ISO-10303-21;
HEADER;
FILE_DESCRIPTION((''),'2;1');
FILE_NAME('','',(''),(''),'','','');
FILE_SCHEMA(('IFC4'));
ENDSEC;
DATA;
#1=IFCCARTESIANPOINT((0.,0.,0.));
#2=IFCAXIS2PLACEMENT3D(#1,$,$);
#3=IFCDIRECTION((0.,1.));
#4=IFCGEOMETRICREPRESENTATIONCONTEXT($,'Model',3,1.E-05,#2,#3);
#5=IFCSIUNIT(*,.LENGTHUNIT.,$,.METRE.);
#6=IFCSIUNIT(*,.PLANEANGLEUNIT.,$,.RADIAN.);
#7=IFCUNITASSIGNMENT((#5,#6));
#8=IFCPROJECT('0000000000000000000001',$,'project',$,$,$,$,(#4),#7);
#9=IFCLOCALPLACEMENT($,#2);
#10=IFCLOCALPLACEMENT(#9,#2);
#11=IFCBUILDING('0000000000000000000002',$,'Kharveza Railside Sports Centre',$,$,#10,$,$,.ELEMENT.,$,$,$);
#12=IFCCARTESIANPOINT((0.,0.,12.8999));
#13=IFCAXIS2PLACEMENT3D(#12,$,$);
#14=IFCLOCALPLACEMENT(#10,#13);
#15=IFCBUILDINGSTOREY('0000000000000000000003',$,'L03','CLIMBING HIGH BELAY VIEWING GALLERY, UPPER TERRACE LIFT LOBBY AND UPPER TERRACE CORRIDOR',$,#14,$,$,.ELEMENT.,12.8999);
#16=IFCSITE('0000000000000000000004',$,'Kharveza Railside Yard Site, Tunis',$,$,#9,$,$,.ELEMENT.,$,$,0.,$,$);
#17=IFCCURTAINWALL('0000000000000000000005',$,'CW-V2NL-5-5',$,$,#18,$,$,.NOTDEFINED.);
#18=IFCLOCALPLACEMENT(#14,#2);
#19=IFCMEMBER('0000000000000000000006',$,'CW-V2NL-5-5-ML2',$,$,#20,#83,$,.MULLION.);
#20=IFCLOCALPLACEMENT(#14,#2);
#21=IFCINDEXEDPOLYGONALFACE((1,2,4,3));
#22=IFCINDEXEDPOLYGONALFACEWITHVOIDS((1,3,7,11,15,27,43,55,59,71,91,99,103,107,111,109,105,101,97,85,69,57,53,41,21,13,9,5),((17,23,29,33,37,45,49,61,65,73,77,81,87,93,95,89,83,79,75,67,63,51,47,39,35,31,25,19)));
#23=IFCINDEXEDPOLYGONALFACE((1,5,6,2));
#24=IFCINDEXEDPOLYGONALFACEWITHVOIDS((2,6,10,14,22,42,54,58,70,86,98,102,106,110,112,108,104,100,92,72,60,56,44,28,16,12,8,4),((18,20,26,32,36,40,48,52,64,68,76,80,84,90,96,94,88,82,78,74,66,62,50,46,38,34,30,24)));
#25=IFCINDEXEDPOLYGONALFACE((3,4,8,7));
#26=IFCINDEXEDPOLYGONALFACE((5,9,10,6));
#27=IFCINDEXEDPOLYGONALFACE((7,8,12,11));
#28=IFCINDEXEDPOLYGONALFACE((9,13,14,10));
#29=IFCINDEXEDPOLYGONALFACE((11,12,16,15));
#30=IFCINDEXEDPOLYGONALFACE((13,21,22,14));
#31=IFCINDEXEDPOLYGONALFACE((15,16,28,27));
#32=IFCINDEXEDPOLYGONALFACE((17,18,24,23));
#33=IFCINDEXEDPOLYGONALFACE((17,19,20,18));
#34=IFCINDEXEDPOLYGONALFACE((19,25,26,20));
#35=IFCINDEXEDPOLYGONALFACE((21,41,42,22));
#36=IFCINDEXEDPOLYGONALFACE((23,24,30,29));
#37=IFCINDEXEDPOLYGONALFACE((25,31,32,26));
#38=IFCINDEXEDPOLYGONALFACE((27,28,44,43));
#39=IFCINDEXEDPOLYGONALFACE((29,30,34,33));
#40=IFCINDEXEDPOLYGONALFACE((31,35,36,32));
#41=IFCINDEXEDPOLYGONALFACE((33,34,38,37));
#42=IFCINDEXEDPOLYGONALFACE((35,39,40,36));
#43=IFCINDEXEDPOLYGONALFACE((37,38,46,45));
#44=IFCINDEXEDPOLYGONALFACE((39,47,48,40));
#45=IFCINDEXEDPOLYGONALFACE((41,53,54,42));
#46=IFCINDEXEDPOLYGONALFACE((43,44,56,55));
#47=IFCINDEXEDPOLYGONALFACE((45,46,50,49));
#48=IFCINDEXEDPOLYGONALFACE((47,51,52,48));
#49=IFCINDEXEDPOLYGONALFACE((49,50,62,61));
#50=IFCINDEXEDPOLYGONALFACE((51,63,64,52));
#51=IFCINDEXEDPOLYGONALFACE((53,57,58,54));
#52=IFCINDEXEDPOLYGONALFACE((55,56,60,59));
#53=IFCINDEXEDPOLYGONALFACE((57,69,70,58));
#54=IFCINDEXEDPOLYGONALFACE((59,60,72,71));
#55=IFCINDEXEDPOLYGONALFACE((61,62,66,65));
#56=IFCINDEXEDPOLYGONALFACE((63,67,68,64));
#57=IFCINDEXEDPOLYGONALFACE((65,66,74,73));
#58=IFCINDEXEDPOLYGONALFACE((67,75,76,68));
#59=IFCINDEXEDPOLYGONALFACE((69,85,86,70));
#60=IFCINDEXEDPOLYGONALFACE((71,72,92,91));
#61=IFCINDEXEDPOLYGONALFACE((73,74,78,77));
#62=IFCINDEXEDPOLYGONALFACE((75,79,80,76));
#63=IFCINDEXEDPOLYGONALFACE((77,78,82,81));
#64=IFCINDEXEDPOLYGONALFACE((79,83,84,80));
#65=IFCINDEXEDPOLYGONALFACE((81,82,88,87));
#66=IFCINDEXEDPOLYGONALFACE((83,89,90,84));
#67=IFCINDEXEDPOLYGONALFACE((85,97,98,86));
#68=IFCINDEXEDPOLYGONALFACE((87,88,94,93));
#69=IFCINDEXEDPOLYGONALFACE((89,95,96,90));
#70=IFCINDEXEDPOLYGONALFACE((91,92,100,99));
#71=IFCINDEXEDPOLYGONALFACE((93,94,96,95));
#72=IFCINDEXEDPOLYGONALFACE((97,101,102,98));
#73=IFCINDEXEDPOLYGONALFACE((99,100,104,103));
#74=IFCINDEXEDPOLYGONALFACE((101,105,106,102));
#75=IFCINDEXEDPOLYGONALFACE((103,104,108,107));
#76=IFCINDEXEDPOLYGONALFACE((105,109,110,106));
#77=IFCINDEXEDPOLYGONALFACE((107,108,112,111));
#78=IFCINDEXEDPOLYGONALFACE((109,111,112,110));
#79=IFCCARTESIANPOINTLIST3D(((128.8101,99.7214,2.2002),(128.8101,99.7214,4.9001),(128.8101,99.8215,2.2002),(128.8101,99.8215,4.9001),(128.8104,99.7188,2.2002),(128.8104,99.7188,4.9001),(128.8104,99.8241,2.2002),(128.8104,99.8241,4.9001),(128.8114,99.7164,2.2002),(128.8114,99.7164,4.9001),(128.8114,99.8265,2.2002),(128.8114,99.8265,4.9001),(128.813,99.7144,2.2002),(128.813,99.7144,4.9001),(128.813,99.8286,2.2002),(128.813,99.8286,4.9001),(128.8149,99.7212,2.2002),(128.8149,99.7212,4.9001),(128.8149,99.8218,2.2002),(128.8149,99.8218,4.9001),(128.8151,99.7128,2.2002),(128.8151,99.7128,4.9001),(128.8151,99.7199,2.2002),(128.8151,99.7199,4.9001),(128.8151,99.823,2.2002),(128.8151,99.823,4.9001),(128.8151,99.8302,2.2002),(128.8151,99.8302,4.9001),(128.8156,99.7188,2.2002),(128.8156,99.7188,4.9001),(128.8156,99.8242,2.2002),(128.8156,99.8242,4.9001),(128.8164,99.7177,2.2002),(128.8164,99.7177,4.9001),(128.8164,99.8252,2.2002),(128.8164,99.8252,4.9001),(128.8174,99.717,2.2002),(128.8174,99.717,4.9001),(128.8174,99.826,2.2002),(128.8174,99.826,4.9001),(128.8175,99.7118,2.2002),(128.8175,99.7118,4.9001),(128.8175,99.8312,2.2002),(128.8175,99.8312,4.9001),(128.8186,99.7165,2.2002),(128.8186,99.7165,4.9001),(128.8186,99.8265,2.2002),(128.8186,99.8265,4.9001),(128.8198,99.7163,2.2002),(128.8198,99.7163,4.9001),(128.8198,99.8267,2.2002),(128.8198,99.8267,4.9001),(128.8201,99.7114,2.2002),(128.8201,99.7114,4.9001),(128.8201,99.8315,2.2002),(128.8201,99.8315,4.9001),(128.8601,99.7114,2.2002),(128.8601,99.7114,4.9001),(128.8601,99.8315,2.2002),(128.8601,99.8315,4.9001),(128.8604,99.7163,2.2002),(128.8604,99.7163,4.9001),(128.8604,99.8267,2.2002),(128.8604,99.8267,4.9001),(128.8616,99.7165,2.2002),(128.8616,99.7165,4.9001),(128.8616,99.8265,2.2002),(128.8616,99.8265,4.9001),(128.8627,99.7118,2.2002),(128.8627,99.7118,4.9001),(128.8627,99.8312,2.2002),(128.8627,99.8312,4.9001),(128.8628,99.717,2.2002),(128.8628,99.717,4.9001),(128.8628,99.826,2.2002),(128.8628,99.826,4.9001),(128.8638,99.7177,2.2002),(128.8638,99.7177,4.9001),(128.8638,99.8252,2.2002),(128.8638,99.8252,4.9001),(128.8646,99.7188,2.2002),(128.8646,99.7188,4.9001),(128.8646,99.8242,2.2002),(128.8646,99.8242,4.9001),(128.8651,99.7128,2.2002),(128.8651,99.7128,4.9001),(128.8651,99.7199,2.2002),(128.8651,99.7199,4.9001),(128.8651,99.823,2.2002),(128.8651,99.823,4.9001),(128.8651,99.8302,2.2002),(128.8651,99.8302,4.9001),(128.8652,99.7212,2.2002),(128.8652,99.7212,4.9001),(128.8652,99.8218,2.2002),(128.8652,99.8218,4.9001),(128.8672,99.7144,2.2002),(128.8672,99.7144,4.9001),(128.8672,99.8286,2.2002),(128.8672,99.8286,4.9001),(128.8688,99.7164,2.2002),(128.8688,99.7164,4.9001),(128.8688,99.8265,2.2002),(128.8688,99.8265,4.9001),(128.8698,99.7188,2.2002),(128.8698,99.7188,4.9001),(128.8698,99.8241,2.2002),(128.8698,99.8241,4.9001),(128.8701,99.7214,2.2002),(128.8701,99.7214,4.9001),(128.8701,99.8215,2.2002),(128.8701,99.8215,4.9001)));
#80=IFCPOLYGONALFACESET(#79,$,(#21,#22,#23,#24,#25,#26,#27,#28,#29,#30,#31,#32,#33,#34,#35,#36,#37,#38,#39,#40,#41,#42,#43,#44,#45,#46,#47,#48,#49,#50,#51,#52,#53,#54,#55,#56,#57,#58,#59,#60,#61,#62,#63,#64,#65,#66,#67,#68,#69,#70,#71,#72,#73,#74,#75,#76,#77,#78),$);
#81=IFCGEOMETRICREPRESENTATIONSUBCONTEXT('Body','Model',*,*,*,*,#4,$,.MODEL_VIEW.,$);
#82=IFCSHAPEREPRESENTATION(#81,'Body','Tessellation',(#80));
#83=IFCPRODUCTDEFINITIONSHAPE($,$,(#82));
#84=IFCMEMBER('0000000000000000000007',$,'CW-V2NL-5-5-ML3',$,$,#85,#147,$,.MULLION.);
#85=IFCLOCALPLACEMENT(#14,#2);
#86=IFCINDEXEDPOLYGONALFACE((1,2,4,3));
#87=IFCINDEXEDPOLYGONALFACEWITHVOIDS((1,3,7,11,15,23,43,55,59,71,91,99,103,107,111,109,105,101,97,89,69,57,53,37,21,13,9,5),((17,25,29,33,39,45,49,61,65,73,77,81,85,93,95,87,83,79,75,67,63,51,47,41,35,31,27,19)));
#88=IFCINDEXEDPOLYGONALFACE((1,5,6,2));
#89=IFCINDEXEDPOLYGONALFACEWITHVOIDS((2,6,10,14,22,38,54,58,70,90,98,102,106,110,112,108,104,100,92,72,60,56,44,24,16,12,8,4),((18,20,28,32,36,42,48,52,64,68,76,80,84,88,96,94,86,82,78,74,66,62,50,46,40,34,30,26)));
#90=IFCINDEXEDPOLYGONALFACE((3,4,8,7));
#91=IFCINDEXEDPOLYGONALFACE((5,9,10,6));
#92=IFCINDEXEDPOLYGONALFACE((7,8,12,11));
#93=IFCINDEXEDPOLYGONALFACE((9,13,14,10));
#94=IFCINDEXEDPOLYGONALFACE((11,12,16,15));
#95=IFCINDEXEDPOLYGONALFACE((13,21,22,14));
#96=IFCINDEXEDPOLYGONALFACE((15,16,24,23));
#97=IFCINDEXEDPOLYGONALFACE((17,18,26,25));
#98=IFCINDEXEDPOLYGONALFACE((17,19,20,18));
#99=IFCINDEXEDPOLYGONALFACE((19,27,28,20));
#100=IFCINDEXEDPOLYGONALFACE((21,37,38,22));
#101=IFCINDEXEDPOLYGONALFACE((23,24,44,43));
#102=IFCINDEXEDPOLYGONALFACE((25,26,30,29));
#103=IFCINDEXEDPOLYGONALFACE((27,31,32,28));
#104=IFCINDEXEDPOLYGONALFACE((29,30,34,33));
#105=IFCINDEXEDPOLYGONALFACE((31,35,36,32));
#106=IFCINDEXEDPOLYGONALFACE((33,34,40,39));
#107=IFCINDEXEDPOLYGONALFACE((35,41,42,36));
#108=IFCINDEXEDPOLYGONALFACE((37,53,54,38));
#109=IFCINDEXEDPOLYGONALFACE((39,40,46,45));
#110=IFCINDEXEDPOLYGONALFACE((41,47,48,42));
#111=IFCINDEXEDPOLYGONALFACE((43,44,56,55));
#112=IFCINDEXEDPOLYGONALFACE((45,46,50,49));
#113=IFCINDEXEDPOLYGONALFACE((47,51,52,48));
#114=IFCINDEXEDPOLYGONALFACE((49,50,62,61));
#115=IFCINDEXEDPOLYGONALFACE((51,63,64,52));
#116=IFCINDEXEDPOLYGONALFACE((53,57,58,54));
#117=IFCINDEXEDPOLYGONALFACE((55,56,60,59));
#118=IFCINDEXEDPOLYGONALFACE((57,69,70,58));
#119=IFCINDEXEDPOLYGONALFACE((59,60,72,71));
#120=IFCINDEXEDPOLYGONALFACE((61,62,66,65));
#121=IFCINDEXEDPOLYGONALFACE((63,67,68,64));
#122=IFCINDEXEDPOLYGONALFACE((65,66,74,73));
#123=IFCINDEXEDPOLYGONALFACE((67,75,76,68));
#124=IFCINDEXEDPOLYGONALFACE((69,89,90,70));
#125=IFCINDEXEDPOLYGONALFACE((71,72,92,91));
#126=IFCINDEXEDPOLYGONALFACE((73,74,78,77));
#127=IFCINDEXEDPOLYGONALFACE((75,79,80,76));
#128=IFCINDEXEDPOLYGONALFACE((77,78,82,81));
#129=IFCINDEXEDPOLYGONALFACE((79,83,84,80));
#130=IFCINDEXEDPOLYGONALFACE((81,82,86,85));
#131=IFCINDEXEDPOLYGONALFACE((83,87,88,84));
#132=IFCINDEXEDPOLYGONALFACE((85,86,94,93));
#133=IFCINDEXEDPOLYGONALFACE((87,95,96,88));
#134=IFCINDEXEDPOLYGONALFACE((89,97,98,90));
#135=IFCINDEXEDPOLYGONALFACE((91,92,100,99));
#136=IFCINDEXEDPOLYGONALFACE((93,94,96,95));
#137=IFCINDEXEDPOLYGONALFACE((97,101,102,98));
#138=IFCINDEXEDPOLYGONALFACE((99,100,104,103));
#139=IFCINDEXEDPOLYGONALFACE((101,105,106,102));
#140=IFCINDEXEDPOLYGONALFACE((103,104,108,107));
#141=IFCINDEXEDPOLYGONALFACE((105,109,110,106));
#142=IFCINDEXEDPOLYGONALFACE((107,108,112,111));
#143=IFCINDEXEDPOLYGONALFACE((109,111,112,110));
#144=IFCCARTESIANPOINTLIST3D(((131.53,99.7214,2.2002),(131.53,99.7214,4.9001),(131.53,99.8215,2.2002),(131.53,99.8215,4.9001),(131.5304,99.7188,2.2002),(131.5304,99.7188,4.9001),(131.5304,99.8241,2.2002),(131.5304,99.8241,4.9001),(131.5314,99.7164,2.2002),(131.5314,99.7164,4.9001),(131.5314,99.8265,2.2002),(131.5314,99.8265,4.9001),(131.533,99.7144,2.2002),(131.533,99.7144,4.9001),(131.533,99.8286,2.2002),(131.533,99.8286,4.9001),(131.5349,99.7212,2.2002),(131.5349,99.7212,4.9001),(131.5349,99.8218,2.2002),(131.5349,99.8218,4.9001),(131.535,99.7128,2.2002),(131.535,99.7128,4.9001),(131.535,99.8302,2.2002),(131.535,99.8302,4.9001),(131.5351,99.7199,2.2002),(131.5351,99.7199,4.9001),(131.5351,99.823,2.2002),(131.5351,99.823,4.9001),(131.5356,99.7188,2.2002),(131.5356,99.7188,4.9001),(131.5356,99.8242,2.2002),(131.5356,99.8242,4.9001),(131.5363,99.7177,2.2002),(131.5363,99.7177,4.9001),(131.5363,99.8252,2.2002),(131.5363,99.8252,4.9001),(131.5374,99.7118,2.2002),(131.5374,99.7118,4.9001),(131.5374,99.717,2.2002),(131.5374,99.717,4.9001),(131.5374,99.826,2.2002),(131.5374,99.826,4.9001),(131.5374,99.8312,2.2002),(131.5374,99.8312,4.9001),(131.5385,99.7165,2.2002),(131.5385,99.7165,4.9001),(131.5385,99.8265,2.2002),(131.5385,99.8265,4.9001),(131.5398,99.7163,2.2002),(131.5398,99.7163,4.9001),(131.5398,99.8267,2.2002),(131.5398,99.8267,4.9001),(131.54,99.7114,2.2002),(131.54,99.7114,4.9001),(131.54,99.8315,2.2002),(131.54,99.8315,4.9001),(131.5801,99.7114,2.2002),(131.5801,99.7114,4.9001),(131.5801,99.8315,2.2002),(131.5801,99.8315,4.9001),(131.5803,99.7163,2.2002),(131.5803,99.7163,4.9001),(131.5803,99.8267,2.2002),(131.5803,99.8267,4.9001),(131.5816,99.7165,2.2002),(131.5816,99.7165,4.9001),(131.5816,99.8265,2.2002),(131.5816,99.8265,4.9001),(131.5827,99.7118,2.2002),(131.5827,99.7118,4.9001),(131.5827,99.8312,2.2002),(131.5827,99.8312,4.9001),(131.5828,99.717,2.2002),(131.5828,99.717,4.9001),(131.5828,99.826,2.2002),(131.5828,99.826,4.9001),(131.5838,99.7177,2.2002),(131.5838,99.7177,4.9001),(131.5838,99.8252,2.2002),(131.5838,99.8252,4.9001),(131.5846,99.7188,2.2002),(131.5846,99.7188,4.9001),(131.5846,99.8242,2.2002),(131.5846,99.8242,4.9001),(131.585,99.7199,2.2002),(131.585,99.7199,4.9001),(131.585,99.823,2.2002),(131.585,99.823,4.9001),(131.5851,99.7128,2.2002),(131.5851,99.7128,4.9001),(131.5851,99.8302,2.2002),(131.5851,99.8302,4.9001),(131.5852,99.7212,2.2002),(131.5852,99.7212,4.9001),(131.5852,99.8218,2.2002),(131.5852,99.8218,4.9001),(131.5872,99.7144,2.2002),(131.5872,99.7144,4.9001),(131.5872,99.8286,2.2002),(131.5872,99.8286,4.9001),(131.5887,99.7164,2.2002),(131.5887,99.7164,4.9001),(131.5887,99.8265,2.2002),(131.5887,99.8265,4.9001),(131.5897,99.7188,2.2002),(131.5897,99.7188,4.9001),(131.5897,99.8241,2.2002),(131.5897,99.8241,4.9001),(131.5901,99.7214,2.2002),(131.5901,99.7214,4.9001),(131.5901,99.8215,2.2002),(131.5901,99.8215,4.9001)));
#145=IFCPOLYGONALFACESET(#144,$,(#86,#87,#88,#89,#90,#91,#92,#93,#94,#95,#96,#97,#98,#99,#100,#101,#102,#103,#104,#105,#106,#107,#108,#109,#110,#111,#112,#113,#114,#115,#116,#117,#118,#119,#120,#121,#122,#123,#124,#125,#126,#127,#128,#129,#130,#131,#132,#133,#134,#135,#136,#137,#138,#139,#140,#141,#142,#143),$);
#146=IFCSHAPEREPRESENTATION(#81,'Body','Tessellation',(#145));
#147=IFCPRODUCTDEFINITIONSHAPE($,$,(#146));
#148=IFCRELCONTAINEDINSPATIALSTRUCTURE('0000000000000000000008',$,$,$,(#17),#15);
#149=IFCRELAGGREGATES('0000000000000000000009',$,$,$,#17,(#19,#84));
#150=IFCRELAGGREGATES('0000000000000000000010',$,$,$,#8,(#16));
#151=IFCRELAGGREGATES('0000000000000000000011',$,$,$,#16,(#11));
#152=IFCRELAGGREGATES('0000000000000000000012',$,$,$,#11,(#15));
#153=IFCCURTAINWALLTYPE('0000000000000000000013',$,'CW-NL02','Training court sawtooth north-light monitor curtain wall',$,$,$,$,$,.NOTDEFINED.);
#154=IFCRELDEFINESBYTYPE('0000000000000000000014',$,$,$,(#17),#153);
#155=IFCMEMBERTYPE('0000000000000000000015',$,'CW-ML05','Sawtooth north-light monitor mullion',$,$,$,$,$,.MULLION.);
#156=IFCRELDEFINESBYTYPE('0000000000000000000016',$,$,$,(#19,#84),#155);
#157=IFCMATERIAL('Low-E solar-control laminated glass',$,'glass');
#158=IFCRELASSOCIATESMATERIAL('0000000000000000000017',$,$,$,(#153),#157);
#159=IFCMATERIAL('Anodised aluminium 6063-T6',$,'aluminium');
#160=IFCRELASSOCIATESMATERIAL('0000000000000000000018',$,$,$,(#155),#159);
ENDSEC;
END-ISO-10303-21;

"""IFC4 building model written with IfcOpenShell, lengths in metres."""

from ifc_helpers import new_model, si_unit, direction, frame, origin, origin_2d, place, context, subcontext, project, spatial, hollow_rectangle, extrude, material, material_profile, profile_set, type_object, element, aggregate, save


model = new_model("IFC4")

# Units and contexts
model_context = context("Model", 3, precision=1e-05, world=origin(), true_north=direction((0.0, 1.0)))
body_context = subcontext(model_context, "Body", "Model", "MODEL_VIEW")
ifc_project = project(units=[si_unit("LENGTHUNIT", "METRE"), si_unit("PLANEANGLEUNIT", "RADIAN")], contexts=[model_context])

# Site, building, storey
site_placement = place(None, origin())
site = spatial("IfcSite", under=ifc_project, at=site_placement, Name="Kharveza Railside Yard Site, Tunis", CompositionType="ELEMENT", RefElevation=0.0)
building_placement = place(site_placement, origin())
building = spatial("IfcBuilding", under=site, at=building_placement, Name="Kharveza Railside Sports Centre", CompositionType="ELEMENT")
storey_placement = place(building_placement, frame((0.0, 0.0, 12.8999)))
storey = spatial("IfcBuildingStorey", under=building, at=storey_placement, Name="L03", Description="CLIMBING HIGH BELAY VIEWING GALLERY, UPPER TERRACE LIFT LOBBY AND UPPER TERRACE CORRIDOR", CompositionType="ELEMENT", Elevation=12.8999)

# Curtain wall, members
ifc_material_1 = material(Name="Low-E solar-control laminated glass", Category="glass")
curtain_wall_type = type_object("IfcCurtainWallType", Name="CW-NL02", Description="Training court sawtooth north-light monitor curtain wall", PredefinedType="NOTDEFINED", material=ifc_material_1)
curtain_wall_1_placement = place(storey_placement, origin())
curtain_wall_1 = element("IfcCurtainWall", 1, at=curtain_wall_1_placement, inside=storey, type_object=curtain_wall_type, Name="CW-V2NL-5-5", PredefinedType="NOTDEFINED")
ifc_material_2 = material(Name="Anodised aluminium 6063-T6", Category="aluminium")
ifc_material_profile_1 = material_profile(ifc_material_2, hollow_rectangle(XDim=0.0601, YDim=0.1201, WallThickness=0.0049, InnerFilletRadius=0.0049, OuterFilletRadius=0.01, at=origin_2d()), Name="RHS 60x120x5.0")
ifc_profile_set_1 = profile_set([ifc_material_profile_1], Name="Anodised aluminium 6063-T6")
member_type_1 = type_object("IfcMemberType", Name="CW-ML05", Description="Sawtooth north-light monitor mullion", PredefinedType="MULLION", material=ifc_profile_set_1)
member_1_placement = place(storey_placement, frame((128.8401, 99.7715, 2.2002), z_axis=(0.0, 0.0, 1.0), x_axis=(1.0, 0.0, 0.0)))
member_1 = element("IfcMember", 2, at=member_1_placement, type_object=member_type_1, Name="CW-V2NL-5-5-ML2", PredefinedType="MULLION", context=body_context, shape_type="SweptSolid", body=[
    extrude(hollow_rectangle(XDim=0.0601, YDim=0.1201, WallThickness=0.0049, InnerFilletRadius=0.0049, OuterFilletRadius=0.01, at=origin_2d()), origin(), (0.0, 0.0, 1.0), 2.7),
])
member_2_placement = place(storey_placement, frame((131.5601, 99.7715, 2.2002), z_axis=(0.0, 0.0, 1.0), x_axis=(1.0, 0.0, 0.0)))
member_2 = element("IfcMember", 3, at=member_2_placement, type_object=member_type_1, Name="CW-V2NL-5-5-ML3", PredefinedType="MULLION", context=body_context, shape_type="SweptSolid", body=[
    extrude(hollow_rectangle(XDim=0.0601, YDim=0.1201, WallThickness=0.0049, InnerFilletRadius=0.0049, OuterFilletRadius=0.01, at=origin_2d()), origin(), (0.0, 0.0, 1.0), 2.7),
])

aggregate(curtain_wall_1, [member_1, member_2])

save(model, "model.ifc")
